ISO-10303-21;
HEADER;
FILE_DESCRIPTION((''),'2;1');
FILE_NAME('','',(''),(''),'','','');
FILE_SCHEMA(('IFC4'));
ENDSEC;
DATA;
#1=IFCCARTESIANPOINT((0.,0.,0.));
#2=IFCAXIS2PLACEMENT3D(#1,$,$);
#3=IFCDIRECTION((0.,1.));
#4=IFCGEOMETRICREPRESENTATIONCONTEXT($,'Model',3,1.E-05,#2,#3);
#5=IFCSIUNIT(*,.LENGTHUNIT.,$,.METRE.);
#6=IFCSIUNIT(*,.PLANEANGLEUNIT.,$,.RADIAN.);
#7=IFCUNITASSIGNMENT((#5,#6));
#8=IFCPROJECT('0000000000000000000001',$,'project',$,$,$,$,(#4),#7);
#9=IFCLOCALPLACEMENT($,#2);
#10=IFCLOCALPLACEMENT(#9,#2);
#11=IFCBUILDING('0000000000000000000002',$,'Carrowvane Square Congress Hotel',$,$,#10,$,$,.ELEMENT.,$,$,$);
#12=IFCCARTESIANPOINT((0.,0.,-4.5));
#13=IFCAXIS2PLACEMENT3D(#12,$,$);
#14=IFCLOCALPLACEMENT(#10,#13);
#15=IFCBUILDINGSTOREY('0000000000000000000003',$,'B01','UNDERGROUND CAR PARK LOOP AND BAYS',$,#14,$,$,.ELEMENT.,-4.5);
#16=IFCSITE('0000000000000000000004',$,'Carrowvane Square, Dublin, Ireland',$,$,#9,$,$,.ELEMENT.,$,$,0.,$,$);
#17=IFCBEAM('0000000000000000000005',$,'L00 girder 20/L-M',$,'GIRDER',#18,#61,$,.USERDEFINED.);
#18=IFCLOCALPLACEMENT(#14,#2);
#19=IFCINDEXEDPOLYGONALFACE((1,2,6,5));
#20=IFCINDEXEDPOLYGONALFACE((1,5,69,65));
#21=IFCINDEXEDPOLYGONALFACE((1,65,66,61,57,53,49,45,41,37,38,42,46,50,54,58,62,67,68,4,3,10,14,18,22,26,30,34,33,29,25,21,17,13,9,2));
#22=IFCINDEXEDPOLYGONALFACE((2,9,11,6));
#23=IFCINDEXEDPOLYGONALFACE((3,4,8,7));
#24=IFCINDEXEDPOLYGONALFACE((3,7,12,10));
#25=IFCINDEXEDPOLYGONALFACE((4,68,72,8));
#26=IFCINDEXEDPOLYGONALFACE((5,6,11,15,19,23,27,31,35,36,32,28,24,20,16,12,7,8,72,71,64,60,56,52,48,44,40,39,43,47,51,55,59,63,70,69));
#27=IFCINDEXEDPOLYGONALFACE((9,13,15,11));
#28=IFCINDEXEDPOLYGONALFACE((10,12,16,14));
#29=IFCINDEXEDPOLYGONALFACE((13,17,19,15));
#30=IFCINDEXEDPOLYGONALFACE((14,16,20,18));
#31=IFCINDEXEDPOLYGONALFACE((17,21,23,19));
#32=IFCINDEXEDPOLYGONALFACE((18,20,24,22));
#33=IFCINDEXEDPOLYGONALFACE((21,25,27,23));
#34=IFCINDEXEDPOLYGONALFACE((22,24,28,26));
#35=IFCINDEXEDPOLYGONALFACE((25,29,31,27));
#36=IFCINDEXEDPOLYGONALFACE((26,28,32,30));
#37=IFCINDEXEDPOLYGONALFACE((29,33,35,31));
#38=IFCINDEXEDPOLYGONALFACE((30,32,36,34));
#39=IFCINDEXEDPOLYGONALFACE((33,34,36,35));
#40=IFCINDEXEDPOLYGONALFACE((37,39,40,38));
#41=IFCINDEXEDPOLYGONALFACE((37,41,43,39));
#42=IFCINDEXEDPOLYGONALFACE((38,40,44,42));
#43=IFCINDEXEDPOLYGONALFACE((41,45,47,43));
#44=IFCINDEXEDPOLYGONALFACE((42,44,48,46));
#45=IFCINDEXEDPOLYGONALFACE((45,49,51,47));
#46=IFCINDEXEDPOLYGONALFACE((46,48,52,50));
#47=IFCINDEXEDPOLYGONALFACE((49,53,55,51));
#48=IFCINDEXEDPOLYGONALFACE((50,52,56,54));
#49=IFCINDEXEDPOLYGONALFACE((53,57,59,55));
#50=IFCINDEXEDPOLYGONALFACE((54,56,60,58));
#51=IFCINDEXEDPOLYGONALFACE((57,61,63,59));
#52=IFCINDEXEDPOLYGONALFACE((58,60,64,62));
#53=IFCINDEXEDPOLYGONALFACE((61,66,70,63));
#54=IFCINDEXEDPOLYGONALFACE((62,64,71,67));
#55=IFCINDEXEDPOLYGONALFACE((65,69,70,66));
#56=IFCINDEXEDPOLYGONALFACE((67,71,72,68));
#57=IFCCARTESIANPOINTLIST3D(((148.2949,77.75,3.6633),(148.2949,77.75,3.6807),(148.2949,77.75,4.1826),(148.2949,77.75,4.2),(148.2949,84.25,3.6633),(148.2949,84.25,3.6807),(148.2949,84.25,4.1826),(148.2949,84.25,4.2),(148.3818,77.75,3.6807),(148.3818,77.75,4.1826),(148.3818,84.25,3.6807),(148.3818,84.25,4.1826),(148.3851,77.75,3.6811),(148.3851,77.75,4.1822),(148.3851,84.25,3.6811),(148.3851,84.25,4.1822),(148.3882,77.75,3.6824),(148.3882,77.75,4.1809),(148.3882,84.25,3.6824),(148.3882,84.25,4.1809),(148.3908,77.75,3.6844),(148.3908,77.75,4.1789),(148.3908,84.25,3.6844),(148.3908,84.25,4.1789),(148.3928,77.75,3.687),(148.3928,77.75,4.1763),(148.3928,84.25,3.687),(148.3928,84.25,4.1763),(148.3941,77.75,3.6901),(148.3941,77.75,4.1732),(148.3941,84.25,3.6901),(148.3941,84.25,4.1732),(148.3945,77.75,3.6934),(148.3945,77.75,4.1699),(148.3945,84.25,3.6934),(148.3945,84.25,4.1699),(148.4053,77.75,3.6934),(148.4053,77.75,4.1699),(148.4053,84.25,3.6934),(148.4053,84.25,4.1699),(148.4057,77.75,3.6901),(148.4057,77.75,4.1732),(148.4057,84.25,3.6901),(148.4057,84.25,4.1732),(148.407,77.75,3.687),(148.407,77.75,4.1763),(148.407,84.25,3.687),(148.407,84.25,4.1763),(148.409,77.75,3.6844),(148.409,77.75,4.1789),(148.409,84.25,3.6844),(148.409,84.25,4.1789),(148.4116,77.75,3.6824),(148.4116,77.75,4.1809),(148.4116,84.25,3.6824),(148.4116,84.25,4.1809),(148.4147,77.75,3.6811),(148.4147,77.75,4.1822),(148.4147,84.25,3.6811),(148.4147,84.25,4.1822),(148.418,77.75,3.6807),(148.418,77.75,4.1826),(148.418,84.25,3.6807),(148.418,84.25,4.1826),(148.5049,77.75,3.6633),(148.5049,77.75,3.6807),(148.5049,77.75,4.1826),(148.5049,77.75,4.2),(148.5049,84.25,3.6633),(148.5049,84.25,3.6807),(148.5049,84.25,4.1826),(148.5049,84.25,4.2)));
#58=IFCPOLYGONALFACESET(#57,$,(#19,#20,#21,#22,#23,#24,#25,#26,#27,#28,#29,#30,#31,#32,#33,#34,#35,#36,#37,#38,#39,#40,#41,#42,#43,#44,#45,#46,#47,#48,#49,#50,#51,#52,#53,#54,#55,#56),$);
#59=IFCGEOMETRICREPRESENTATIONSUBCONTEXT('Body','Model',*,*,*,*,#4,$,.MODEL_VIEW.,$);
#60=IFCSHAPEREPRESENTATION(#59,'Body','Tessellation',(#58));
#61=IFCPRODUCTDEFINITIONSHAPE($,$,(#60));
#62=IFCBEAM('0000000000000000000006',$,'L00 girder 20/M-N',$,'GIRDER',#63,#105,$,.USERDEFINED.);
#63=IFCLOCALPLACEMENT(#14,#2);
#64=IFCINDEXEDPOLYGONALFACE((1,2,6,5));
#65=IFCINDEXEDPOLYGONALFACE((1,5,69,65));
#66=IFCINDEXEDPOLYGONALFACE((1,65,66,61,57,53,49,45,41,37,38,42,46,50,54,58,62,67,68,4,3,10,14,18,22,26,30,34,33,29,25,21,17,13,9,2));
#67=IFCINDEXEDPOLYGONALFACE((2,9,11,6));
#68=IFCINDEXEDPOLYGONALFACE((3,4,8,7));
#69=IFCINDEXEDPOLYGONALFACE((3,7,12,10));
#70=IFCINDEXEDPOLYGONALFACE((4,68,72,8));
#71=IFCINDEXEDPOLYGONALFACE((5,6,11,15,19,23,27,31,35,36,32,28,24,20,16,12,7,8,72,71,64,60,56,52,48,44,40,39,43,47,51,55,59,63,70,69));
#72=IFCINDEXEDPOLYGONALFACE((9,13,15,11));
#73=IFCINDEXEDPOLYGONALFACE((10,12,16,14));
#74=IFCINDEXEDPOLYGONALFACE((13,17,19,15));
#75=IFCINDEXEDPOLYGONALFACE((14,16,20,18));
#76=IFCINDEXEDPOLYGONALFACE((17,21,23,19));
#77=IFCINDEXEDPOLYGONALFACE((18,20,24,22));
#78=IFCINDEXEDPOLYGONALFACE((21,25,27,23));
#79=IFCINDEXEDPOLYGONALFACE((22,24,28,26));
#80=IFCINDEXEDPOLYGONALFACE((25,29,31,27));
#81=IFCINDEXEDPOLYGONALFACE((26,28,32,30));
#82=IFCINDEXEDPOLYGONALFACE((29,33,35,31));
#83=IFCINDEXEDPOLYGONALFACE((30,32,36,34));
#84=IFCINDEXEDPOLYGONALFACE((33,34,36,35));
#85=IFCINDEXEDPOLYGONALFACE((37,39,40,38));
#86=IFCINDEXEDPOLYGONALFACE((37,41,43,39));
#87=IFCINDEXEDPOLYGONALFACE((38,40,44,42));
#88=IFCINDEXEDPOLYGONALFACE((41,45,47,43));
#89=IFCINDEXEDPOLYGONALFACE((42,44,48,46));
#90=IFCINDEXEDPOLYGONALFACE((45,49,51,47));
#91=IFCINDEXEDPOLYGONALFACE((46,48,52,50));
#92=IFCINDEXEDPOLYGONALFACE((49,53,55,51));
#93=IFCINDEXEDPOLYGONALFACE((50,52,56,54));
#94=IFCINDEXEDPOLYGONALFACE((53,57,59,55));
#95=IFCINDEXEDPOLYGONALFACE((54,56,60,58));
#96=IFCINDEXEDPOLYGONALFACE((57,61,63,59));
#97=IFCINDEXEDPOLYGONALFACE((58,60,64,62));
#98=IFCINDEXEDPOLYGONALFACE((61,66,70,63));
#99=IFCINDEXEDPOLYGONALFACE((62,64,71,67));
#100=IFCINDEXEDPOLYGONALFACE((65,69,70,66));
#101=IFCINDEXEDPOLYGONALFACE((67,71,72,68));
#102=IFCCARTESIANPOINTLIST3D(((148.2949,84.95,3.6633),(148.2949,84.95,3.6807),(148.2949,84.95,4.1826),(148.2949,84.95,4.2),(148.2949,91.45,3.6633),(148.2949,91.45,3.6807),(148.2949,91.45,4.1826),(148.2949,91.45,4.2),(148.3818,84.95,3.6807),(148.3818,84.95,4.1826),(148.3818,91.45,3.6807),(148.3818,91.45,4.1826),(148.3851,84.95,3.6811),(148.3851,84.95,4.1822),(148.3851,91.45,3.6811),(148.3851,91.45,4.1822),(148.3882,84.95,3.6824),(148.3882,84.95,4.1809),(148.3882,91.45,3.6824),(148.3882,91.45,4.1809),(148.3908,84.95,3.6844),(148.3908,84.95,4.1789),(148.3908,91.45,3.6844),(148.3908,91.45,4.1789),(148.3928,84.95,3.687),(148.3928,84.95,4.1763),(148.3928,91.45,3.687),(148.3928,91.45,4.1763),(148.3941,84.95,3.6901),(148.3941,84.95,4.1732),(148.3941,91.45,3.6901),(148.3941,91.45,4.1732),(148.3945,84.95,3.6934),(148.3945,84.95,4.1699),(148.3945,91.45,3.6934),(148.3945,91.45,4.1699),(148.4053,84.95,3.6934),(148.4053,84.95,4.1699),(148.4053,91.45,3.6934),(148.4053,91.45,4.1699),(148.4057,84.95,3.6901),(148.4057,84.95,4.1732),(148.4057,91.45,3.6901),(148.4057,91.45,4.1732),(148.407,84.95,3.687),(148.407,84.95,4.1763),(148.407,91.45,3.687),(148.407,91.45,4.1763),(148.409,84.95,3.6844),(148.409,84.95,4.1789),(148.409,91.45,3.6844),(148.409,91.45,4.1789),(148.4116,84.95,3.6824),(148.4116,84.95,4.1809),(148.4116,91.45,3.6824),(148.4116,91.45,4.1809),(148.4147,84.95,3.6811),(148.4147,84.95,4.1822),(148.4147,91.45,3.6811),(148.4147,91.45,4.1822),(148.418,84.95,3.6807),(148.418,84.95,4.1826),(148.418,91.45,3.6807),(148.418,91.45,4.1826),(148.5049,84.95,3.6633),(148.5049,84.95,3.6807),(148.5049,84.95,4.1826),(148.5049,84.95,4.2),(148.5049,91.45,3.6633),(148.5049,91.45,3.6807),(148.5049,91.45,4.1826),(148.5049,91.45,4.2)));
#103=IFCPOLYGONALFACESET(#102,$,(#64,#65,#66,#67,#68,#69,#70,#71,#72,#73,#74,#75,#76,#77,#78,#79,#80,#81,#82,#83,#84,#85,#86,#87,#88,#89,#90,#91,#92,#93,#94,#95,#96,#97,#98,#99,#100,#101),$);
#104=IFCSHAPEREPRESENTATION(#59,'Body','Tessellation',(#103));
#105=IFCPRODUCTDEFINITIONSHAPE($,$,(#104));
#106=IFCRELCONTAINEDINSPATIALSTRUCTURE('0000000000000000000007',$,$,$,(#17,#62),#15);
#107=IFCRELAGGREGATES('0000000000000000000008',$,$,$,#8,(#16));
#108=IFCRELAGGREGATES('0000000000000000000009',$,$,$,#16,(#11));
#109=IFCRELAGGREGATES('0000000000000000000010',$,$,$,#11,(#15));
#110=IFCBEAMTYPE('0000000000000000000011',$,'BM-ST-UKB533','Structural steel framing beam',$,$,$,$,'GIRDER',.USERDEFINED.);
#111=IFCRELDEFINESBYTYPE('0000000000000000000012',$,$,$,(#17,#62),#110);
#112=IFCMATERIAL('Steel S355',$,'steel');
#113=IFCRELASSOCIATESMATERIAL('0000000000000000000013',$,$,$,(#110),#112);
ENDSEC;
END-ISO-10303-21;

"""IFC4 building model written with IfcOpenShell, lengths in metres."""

from ifc_helpers import new_model, si_unit, direction, frame, origin, origin_2d, place, context, subcontext, project, spatial, i_section, extrude, material, material_profile, profile_set, type_object, element, save


model = new_model("IFC4")

# Units and contexts
model_context = context("Model", 3, precision=1e-05, world=origin(), true_north=direction((0.0, 1.0)))
body_context = subcontext(model_context, "Body", "Model", "MODEL_VIEW")
ifc_project = project(units=[si_unit("LENGTHUNIT", "METRE"), si_unit("PLANEANGLEUNIT", "RADIAN")], contexts=[model_context])

# Site, building, storey
site_placement = place(None, origin())
site = spatial("IfcSite", under=ifc_project, at=site_placement, Name="Carrowvane Square, Dublin, Ireland", CompositionType="ELEMENT", RefElevation=0.0)
building_placement = place(site_placement, origin())
building = spatial("IfcBuilding", under=site, at=building_placement, Name="Carrowvane Square Congress Hotel", CompositionType="ELEMENT")
storey_placement = place(building_placement, frame((0.0, 0.0, -4.5)))
storey = spatial("IfcBuildingStorey", under=building, at=storey_placement, Name="B01", Description="UNDERGROUND CAR PARK LOOP AND BAYS", CompositionType="ELEMENT", Elevation=-4.5)

# Beams
ifc_material_1 = material(Name="Steel S355", Category="steel")
ifc_material_profile_1 = material_profile(ifc_material_1, i_section(OverallWidth=0.21, OverallDepth=0.5366, WebThickness=0.0107, FlangeThickness=0.0173, FilletRadius=0.0127, at=origin_2d()), Name="UKB 533x210x101")
ifc_profile_set_1 = profile_set([ifc_material_profile_1], Name="Steel S355")
beam_type_1 = type_object("IfcBeamType", Name="BM-ST-UKB533", Description="Structural steel framing beam", ElementType="GIRDER", PredefinedType="USERDEFINED", material=ifc_profile_set_1)
for number, where, z_axis, x_axis, name in (
    (1, (148.3999, 77.75, 3.9316), (0.0, 1.0, 0.0), (-1.0, 0.0, 0.0), "L00 girder 20/L-M"),
    (2, (148.3999, 84.95, 3.9316), (0.0, 1.0, 0.0), (-1.0, 0.0, 0.0), "L00 girder 20/M-N"),
):
    element("IfcBeam", number, at=place(storey_placement, frame(where, z_axis=z_axis, x_axis=x_axis)), inside=storey, type_object=beam_type_1, Name=name, ObjectType="GIRDER", PredefinedType="USERDEFINED", context=body_context, shape_type="SweptSolid", body=[
        extrude(i_section(OverallWidth=0.21, OverallDepth=0.5366, WebThickness=0.0107, FlangeThickness=0.0173, FilletRadius=0.0127, at=origin_2d()), origin(), (0.0, 0.0, 1.0), 6.5),
    ])

save(model, "model.ifc")
